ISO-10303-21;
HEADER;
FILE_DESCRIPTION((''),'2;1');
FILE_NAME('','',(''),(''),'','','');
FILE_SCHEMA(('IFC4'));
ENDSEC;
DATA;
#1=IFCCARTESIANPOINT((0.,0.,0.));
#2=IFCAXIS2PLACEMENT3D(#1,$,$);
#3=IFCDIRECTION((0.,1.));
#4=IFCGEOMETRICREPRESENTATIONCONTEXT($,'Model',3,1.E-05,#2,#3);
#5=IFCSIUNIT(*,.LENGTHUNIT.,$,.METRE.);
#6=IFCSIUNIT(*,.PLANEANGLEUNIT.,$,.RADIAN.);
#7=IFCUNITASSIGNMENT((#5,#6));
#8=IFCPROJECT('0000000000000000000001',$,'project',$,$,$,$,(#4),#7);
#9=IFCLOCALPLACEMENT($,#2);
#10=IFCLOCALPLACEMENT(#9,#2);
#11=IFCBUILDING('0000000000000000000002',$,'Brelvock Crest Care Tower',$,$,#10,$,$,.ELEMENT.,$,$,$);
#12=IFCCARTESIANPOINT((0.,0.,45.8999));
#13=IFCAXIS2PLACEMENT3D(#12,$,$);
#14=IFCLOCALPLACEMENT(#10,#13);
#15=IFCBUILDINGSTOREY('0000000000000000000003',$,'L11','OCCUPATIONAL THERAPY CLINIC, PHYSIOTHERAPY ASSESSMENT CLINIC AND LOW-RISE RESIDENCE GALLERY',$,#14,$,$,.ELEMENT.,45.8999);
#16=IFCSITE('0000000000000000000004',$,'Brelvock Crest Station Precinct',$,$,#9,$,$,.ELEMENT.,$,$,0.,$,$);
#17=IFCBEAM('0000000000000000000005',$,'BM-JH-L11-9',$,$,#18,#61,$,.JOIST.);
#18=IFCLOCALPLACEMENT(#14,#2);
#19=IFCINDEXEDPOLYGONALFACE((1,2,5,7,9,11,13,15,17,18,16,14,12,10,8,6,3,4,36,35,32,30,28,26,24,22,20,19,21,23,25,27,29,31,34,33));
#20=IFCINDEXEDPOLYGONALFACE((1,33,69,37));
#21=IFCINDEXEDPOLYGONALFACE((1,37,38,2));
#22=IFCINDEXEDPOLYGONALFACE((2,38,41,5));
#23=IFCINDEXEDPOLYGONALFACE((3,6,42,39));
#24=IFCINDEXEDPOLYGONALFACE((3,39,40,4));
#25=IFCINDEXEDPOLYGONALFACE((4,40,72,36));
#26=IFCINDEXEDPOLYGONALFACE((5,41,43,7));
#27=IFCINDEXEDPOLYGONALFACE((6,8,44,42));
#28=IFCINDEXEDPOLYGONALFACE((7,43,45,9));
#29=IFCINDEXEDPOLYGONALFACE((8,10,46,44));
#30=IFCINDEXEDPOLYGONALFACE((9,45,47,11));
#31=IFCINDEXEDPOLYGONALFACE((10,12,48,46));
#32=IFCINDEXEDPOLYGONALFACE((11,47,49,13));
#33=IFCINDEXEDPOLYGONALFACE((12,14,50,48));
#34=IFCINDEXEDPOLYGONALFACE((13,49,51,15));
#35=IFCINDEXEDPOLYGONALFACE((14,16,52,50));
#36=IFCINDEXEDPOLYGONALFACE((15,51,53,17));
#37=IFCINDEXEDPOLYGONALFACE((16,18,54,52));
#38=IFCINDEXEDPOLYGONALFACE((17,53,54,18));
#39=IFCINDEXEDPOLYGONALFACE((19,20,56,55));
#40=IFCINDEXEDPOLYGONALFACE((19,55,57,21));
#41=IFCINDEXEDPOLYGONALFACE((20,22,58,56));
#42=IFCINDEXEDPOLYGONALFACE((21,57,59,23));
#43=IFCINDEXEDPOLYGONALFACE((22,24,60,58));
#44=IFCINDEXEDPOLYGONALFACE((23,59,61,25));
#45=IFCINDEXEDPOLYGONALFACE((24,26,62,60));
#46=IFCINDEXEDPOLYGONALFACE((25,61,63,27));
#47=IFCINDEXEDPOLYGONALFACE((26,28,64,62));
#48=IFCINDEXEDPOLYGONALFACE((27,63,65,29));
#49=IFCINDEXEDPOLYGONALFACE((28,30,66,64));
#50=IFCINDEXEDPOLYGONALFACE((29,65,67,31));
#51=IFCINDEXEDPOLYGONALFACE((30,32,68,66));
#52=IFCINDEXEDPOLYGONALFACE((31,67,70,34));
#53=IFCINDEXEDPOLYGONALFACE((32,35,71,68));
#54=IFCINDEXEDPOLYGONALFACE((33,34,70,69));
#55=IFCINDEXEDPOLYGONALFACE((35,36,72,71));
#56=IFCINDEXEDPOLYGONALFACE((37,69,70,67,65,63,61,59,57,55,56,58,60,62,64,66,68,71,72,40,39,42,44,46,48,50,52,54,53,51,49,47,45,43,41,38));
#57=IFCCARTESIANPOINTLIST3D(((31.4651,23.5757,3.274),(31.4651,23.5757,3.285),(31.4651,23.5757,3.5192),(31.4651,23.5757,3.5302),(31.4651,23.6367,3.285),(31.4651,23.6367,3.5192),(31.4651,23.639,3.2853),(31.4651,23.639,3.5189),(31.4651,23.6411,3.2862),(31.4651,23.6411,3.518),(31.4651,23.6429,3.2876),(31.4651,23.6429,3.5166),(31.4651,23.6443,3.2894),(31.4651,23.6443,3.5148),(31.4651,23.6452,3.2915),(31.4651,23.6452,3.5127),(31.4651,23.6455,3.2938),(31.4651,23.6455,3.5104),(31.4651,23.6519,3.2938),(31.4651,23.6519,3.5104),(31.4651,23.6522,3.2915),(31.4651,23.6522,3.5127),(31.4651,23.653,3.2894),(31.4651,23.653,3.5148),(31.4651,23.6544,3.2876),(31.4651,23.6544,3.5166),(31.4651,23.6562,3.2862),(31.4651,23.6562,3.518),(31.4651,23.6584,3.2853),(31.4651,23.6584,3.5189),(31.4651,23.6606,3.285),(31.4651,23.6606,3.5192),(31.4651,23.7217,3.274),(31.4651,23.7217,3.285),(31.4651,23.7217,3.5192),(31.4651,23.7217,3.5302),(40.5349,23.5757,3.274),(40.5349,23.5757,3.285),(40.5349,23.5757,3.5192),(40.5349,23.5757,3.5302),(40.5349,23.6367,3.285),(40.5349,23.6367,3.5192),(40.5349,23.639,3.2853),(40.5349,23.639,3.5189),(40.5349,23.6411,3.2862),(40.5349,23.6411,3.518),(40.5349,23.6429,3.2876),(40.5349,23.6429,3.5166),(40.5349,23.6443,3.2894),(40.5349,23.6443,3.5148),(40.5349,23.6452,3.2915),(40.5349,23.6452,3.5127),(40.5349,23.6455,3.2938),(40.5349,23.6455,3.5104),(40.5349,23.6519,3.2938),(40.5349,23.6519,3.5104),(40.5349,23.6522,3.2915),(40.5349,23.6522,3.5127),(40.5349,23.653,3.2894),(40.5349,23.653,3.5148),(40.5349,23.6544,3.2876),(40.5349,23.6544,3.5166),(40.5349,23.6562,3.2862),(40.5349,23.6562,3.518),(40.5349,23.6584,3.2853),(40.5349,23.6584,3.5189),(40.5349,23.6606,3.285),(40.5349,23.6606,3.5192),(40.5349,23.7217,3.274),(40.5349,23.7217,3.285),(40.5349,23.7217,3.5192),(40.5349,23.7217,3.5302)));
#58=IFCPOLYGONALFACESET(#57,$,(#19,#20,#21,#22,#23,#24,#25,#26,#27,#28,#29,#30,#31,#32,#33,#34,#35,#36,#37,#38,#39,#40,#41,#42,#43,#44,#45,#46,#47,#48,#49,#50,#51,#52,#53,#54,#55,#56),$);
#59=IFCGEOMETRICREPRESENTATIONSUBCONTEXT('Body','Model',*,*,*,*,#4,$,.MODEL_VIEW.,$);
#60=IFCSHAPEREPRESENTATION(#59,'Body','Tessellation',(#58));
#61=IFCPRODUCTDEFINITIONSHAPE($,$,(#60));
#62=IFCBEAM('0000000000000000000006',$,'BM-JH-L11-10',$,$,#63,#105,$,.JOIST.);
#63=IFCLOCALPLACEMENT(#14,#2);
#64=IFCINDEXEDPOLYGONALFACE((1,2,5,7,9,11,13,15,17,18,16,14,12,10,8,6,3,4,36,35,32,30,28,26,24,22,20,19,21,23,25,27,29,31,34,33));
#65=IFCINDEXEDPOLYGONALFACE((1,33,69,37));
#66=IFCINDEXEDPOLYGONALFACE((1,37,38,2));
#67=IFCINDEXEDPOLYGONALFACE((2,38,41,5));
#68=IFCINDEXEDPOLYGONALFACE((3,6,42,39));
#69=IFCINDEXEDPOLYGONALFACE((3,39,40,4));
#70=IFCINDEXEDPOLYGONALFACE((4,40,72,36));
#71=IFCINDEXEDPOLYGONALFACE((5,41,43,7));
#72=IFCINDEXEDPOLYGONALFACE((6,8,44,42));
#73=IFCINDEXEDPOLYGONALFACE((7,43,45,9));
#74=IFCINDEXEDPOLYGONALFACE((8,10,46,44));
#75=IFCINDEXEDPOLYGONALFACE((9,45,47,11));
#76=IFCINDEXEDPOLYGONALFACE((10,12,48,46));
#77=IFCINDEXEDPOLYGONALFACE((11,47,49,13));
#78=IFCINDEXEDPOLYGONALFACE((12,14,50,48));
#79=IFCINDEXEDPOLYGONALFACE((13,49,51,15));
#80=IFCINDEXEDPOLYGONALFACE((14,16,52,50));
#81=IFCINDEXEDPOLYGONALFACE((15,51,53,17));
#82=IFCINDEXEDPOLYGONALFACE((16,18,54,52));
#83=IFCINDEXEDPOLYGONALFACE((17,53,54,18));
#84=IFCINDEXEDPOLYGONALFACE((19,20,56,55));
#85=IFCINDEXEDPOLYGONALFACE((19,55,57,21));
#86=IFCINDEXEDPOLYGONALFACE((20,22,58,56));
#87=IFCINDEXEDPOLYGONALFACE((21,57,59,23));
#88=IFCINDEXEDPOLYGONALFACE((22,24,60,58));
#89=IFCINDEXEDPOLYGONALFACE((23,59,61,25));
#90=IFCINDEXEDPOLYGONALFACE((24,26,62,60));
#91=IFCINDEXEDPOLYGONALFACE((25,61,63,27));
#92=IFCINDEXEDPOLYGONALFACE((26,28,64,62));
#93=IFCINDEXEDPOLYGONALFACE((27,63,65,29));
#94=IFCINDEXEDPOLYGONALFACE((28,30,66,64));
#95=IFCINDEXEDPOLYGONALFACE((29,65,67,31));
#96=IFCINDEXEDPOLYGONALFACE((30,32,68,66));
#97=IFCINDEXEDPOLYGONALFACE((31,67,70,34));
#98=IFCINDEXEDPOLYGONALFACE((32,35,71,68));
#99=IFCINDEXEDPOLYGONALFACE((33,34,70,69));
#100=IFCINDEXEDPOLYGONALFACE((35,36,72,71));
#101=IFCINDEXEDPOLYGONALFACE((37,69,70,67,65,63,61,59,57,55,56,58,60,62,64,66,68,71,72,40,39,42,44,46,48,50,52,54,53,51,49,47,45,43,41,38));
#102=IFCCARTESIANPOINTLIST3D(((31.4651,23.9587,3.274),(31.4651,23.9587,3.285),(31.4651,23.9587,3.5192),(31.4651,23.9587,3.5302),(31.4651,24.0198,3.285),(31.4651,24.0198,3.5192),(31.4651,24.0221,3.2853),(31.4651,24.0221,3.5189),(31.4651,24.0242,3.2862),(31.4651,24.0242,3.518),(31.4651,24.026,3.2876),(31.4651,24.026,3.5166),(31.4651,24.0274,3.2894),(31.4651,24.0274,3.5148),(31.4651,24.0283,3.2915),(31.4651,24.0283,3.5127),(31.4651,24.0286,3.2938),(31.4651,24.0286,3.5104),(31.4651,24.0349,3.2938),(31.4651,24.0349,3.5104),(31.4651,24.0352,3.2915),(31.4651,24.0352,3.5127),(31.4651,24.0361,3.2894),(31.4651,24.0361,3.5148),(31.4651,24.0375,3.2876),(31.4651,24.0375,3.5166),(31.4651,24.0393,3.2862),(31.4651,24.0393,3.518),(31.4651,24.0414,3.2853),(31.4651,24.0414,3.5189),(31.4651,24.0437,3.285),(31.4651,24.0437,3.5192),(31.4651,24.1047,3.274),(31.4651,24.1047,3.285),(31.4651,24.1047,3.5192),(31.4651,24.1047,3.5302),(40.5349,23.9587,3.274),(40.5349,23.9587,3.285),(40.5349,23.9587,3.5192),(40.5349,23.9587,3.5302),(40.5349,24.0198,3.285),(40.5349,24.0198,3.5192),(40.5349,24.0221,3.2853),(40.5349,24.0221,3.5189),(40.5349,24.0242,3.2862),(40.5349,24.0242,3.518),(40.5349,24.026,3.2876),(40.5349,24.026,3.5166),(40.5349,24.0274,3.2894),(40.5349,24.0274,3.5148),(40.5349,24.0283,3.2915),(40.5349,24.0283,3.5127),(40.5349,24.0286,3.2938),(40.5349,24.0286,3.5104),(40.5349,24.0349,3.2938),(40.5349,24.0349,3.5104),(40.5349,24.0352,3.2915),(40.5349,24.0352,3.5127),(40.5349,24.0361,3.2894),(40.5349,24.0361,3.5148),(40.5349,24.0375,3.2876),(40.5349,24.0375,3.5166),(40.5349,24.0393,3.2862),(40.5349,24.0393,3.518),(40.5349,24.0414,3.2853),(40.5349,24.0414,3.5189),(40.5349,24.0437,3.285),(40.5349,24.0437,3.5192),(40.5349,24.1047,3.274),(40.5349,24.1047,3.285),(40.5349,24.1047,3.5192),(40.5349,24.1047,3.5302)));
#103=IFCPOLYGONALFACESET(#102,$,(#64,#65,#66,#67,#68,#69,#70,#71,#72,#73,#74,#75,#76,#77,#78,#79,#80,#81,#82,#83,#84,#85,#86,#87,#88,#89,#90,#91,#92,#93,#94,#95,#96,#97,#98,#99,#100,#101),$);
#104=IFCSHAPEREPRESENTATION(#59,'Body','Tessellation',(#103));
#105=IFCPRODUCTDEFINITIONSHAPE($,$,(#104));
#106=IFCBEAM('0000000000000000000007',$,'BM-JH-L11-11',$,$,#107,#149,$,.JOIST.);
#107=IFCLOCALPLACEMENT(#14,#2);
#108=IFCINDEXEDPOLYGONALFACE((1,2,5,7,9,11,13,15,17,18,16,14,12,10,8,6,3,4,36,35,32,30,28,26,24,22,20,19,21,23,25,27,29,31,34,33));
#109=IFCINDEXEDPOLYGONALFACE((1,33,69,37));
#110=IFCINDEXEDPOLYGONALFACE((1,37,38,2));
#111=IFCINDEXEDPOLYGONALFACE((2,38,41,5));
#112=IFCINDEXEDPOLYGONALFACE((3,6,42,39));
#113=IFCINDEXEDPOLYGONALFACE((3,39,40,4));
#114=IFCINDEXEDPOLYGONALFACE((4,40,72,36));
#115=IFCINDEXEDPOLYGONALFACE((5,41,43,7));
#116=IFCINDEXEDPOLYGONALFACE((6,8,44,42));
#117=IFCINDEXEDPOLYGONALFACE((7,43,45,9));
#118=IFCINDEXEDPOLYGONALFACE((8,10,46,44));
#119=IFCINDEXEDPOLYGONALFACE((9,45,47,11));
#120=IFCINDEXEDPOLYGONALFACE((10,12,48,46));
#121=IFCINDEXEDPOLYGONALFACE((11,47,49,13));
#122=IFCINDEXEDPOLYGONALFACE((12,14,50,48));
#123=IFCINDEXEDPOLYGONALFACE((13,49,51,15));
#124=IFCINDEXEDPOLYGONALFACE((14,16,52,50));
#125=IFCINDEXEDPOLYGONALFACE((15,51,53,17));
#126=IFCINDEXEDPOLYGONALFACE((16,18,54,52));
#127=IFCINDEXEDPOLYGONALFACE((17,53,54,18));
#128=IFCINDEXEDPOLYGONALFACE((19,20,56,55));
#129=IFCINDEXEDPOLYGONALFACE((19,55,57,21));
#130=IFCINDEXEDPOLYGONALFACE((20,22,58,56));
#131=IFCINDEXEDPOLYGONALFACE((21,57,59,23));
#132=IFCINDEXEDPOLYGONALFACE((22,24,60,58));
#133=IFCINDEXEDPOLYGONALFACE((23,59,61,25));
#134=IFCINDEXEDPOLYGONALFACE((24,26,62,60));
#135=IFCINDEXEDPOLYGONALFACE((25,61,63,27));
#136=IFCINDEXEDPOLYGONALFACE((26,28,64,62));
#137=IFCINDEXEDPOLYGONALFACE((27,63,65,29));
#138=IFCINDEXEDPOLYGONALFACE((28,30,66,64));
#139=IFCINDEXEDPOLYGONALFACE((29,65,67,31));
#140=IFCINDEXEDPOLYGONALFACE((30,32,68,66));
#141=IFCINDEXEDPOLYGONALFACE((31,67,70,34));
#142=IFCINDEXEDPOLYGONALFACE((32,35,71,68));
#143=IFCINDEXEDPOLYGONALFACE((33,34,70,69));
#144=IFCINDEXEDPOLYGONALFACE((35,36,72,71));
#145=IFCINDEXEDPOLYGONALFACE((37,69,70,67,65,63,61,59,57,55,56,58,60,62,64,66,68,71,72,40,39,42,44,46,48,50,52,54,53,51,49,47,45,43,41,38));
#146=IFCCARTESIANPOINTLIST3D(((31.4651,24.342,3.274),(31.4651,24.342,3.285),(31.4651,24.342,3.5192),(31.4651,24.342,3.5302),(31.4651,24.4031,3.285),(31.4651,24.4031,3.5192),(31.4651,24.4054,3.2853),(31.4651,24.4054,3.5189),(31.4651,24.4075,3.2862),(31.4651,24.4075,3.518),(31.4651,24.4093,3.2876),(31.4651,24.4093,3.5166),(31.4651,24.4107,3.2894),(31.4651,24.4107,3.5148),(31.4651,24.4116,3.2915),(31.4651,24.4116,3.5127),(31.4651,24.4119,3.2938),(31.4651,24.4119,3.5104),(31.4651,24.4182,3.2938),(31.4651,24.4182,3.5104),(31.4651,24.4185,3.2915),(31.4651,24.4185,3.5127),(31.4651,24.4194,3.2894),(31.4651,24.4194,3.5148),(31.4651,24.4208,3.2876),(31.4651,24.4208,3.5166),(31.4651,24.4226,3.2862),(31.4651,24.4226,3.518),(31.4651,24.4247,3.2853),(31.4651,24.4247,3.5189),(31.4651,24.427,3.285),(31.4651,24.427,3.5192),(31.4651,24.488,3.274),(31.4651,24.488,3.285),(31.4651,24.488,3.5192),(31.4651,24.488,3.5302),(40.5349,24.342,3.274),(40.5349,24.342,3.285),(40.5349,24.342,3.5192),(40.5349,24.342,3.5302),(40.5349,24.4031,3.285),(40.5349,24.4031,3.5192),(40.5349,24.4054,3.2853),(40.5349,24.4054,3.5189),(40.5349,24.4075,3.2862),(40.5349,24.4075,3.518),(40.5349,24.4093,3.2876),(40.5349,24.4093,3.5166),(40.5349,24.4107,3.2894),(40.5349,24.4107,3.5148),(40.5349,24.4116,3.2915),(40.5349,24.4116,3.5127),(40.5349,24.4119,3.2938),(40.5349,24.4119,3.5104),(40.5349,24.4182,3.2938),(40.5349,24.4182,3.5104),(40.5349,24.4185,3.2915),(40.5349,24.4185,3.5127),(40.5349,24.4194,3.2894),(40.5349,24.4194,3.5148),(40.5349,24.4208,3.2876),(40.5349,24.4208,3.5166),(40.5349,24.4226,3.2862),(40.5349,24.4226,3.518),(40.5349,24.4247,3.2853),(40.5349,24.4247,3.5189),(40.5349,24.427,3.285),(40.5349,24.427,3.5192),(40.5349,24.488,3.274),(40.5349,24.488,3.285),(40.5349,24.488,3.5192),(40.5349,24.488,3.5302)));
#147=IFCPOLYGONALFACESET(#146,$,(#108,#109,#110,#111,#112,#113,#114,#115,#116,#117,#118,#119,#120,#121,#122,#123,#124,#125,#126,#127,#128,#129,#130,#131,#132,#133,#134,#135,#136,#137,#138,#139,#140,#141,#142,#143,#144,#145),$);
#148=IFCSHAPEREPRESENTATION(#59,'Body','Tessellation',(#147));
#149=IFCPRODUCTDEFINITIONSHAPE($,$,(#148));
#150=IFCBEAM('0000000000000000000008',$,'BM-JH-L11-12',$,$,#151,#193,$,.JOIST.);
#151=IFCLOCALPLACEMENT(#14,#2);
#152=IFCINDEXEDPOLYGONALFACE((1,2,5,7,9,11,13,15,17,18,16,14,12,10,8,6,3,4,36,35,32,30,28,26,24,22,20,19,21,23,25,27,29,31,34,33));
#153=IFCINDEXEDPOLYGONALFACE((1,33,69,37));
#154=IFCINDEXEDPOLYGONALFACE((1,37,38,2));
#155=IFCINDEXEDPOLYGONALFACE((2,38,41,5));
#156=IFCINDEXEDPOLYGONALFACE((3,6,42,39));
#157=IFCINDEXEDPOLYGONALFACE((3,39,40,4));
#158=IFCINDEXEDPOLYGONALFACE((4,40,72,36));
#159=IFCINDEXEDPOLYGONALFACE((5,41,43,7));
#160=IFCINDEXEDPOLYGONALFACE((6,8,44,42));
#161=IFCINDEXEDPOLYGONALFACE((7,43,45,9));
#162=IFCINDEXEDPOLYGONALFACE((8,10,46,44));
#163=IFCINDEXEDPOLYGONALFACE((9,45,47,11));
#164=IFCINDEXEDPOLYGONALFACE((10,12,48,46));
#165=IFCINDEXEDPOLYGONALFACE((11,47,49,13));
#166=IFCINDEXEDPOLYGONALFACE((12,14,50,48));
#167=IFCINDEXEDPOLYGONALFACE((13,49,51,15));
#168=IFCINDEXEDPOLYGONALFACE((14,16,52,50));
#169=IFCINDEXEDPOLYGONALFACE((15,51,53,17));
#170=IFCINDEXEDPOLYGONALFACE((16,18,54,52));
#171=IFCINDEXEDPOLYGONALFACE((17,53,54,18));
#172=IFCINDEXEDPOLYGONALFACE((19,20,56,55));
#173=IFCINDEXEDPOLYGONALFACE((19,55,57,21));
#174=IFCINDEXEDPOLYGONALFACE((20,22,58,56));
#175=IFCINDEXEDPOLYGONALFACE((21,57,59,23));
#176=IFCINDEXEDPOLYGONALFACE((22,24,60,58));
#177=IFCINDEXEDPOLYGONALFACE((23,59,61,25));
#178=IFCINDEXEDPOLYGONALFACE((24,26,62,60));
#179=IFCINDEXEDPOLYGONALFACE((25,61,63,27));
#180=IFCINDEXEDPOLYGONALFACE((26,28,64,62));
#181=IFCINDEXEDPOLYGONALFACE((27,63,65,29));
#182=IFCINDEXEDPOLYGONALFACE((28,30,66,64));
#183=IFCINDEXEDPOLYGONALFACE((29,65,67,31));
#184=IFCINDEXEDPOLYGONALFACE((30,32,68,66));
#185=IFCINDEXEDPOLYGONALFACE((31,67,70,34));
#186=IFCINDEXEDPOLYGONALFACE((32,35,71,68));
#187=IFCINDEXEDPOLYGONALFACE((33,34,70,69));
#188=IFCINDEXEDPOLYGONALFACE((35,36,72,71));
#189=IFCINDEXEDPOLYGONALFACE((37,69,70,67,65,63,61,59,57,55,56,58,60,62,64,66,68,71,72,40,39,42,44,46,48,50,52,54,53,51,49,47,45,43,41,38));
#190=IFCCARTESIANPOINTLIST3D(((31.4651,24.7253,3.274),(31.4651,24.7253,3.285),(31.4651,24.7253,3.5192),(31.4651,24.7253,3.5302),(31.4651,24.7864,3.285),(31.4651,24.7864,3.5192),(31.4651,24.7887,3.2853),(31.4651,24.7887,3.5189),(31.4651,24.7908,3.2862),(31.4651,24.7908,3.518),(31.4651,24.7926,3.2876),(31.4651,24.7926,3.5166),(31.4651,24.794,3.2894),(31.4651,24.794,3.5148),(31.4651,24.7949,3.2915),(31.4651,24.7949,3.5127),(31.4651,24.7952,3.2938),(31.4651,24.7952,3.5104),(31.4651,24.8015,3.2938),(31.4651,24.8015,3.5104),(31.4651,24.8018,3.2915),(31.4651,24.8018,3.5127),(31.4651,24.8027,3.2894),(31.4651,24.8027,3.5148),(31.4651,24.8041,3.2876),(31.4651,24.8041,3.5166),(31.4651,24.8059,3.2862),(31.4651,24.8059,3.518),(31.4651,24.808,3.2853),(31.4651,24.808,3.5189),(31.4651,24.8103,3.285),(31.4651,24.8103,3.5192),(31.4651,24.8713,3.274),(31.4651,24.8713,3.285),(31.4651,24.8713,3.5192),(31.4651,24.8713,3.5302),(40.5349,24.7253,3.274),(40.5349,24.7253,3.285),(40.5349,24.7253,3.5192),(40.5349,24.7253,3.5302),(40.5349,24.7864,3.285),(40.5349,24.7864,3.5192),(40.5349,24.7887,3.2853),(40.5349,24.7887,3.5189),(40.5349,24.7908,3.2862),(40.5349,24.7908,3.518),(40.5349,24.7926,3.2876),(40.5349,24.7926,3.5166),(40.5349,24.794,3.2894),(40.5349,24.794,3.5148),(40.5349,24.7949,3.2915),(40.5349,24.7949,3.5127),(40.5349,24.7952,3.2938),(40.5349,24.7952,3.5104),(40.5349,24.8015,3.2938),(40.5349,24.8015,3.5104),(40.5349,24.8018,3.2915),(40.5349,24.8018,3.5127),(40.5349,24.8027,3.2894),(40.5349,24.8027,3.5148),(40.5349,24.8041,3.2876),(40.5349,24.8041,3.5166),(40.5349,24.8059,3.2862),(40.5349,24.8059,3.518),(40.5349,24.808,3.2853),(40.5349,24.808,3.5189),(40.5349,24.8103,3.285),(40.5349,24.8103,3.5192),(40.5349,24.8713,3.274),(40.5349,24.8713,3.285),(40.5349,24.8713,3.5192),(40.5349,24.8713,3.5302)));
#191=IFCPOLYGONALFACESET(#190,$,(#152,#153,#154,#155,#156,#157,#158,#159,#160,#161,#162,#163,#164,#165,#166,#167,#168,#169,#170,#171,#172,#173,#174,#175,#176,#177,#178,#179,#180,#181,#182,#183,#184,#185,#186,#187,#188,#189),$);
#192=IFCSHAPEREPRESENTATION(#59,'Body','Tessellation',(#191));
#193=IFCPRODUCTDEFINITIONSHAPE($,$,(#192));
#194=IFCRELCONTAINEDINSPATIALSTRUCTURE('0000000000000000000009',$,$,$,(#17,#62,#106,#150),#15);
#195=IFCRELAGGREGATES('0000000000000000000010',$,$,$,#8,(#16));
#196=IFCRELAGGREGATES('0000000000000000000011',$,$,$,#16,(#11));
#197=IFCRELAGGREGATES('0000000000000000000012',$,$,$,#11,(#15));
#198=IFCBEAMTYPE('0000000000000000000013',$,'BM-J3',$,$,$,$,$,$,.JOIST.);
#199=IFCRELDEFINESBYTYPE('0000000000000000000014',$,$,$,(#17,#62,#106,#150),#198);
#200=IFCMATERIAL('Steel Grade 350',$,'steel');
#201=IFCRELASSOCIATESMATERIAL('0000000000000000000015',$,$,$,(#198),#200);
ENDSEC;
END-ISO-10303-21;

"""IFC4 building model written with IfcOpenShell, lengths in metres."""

from ifc_helpers import new_model, si_unit, direction, frame, origin, origin_2d, place, context, subcontext, project, spatial, i_section, extrude, source, transform, mapped, material, material_profile, profile_set, type_object, element, save


model = new_model("IFC4")

# Units and contexts
model_context = context("Model", 3, precision=1e-05, world=origin(), true_north=direction((0.0, 1.0)))
body_context = subcontext(model_context, "Body", "Model", "MODEL_VIEW")
ifc_project = project(units=[si_unit("LENGTHUNIT", "METRE"), si_unit("PLANEANGLEUNIT", "RADIAN")], contexts=[model_context])

# Site, building, storey
site_placement = place(None, origin())
site = spatial("IfcSite", under=ifc_project, at=site_placement, Name="Brelvock Crest Station Precinct", CompositionType="ELEMENT", RefElevation=0.0)
building_placement = place(site_placement, origin())
building = spatial("IfcBuilding", under=site, at=building_placement, Name="Brelvock Crest Care Tower", CompositionType="ELEMENT")
storey_placement = place(building_placement, frame((0.0, 0.0, 45.8999)))
storey = spatial("IfcBuildingStorey", under=building, at=storey_placement, Name="L11", Description="OCCUPATIONAL THERAPY CLINIC, PHYSIOTHERAPY ASSESSMENT CLINIC AND LOW-RISE RESIDENCE GALLERY", CompositionType="ELEMENT", Elevation=45.8999)

# Beams
ifc_material_1 = material(Name="Steel Grade 350", Category="steel")
ifc_material_profile = material_profile(ifc_material_1, i_section(OverallWidth=0.146, OverallDepth=0.2561, WebThickness=0.0063, FlangeThickness=0.011, FilletRadius=0.0088, at=origin_2d()), Name="250UB37.3")
ifc_profile_set = profile_set([ifc_material_profile], Name="Steel Grade 350")
beam_type = type_object("IfcBeamType", Name="BM-J3", PredefinedType="JOIST", material=ifc_profile_set)
shared_shape_1 = source(origin(), body_context, "Body", "SweptSolid", [
    extrude(i_section(OverallWidth=0.146, OverallDepth=0.2561, WebThickness=0.0063, FlangeThickness=0.011, FilletRadius=0.0088, at=origin_2d()), origin(), (0.0, 0.0, 1.0), 9.0698),
])
for number, where, z_axis, x_axis, name in (
    (1, (31.4651, 23.6487, 3.4021), (1.0, 0.0, 0.0), (0.0, 1.0, 0.0), "BM-JH-L11-9"),
    (2, (31.4651, 24.0317, 3.4021), (1.0, 0.0, 0.0), (0.0, 1.0, 0.0), "BM-JH-L11-10"),
    (3, (31.4651, 24.415, 3.4021), (1.0, 0.0, 0.0), (0.0, 1.0, 0.0), "BM-JH-L11-11"),
    (4, (31.4651, 24.7983, 3.4021), (1.0, 0.0, 0.0), (0.0, 1.0, 0.0), "BM-JH-L11-12"),
):
    element("IfcBeam", number, at=place(storey_placement, frame(where, z_axis=z_axis, x_axis=x_axis)), inside=storey, type_object=beam_type, Name=name, PredefinedType="JOIST", context=body_context, shape_type="MappedRepresentation", body=[
        mapped(shared_shape_1, transform((0.0, 0.0, 0.0), x_axis=(1.0, 0.0, 0.0), y_axis=(0.0, 1.0, 0.0), z_axis=(0.0, 0.0, 1.0), scale=1.0)),
    ])

save(model, "model.ifc")
